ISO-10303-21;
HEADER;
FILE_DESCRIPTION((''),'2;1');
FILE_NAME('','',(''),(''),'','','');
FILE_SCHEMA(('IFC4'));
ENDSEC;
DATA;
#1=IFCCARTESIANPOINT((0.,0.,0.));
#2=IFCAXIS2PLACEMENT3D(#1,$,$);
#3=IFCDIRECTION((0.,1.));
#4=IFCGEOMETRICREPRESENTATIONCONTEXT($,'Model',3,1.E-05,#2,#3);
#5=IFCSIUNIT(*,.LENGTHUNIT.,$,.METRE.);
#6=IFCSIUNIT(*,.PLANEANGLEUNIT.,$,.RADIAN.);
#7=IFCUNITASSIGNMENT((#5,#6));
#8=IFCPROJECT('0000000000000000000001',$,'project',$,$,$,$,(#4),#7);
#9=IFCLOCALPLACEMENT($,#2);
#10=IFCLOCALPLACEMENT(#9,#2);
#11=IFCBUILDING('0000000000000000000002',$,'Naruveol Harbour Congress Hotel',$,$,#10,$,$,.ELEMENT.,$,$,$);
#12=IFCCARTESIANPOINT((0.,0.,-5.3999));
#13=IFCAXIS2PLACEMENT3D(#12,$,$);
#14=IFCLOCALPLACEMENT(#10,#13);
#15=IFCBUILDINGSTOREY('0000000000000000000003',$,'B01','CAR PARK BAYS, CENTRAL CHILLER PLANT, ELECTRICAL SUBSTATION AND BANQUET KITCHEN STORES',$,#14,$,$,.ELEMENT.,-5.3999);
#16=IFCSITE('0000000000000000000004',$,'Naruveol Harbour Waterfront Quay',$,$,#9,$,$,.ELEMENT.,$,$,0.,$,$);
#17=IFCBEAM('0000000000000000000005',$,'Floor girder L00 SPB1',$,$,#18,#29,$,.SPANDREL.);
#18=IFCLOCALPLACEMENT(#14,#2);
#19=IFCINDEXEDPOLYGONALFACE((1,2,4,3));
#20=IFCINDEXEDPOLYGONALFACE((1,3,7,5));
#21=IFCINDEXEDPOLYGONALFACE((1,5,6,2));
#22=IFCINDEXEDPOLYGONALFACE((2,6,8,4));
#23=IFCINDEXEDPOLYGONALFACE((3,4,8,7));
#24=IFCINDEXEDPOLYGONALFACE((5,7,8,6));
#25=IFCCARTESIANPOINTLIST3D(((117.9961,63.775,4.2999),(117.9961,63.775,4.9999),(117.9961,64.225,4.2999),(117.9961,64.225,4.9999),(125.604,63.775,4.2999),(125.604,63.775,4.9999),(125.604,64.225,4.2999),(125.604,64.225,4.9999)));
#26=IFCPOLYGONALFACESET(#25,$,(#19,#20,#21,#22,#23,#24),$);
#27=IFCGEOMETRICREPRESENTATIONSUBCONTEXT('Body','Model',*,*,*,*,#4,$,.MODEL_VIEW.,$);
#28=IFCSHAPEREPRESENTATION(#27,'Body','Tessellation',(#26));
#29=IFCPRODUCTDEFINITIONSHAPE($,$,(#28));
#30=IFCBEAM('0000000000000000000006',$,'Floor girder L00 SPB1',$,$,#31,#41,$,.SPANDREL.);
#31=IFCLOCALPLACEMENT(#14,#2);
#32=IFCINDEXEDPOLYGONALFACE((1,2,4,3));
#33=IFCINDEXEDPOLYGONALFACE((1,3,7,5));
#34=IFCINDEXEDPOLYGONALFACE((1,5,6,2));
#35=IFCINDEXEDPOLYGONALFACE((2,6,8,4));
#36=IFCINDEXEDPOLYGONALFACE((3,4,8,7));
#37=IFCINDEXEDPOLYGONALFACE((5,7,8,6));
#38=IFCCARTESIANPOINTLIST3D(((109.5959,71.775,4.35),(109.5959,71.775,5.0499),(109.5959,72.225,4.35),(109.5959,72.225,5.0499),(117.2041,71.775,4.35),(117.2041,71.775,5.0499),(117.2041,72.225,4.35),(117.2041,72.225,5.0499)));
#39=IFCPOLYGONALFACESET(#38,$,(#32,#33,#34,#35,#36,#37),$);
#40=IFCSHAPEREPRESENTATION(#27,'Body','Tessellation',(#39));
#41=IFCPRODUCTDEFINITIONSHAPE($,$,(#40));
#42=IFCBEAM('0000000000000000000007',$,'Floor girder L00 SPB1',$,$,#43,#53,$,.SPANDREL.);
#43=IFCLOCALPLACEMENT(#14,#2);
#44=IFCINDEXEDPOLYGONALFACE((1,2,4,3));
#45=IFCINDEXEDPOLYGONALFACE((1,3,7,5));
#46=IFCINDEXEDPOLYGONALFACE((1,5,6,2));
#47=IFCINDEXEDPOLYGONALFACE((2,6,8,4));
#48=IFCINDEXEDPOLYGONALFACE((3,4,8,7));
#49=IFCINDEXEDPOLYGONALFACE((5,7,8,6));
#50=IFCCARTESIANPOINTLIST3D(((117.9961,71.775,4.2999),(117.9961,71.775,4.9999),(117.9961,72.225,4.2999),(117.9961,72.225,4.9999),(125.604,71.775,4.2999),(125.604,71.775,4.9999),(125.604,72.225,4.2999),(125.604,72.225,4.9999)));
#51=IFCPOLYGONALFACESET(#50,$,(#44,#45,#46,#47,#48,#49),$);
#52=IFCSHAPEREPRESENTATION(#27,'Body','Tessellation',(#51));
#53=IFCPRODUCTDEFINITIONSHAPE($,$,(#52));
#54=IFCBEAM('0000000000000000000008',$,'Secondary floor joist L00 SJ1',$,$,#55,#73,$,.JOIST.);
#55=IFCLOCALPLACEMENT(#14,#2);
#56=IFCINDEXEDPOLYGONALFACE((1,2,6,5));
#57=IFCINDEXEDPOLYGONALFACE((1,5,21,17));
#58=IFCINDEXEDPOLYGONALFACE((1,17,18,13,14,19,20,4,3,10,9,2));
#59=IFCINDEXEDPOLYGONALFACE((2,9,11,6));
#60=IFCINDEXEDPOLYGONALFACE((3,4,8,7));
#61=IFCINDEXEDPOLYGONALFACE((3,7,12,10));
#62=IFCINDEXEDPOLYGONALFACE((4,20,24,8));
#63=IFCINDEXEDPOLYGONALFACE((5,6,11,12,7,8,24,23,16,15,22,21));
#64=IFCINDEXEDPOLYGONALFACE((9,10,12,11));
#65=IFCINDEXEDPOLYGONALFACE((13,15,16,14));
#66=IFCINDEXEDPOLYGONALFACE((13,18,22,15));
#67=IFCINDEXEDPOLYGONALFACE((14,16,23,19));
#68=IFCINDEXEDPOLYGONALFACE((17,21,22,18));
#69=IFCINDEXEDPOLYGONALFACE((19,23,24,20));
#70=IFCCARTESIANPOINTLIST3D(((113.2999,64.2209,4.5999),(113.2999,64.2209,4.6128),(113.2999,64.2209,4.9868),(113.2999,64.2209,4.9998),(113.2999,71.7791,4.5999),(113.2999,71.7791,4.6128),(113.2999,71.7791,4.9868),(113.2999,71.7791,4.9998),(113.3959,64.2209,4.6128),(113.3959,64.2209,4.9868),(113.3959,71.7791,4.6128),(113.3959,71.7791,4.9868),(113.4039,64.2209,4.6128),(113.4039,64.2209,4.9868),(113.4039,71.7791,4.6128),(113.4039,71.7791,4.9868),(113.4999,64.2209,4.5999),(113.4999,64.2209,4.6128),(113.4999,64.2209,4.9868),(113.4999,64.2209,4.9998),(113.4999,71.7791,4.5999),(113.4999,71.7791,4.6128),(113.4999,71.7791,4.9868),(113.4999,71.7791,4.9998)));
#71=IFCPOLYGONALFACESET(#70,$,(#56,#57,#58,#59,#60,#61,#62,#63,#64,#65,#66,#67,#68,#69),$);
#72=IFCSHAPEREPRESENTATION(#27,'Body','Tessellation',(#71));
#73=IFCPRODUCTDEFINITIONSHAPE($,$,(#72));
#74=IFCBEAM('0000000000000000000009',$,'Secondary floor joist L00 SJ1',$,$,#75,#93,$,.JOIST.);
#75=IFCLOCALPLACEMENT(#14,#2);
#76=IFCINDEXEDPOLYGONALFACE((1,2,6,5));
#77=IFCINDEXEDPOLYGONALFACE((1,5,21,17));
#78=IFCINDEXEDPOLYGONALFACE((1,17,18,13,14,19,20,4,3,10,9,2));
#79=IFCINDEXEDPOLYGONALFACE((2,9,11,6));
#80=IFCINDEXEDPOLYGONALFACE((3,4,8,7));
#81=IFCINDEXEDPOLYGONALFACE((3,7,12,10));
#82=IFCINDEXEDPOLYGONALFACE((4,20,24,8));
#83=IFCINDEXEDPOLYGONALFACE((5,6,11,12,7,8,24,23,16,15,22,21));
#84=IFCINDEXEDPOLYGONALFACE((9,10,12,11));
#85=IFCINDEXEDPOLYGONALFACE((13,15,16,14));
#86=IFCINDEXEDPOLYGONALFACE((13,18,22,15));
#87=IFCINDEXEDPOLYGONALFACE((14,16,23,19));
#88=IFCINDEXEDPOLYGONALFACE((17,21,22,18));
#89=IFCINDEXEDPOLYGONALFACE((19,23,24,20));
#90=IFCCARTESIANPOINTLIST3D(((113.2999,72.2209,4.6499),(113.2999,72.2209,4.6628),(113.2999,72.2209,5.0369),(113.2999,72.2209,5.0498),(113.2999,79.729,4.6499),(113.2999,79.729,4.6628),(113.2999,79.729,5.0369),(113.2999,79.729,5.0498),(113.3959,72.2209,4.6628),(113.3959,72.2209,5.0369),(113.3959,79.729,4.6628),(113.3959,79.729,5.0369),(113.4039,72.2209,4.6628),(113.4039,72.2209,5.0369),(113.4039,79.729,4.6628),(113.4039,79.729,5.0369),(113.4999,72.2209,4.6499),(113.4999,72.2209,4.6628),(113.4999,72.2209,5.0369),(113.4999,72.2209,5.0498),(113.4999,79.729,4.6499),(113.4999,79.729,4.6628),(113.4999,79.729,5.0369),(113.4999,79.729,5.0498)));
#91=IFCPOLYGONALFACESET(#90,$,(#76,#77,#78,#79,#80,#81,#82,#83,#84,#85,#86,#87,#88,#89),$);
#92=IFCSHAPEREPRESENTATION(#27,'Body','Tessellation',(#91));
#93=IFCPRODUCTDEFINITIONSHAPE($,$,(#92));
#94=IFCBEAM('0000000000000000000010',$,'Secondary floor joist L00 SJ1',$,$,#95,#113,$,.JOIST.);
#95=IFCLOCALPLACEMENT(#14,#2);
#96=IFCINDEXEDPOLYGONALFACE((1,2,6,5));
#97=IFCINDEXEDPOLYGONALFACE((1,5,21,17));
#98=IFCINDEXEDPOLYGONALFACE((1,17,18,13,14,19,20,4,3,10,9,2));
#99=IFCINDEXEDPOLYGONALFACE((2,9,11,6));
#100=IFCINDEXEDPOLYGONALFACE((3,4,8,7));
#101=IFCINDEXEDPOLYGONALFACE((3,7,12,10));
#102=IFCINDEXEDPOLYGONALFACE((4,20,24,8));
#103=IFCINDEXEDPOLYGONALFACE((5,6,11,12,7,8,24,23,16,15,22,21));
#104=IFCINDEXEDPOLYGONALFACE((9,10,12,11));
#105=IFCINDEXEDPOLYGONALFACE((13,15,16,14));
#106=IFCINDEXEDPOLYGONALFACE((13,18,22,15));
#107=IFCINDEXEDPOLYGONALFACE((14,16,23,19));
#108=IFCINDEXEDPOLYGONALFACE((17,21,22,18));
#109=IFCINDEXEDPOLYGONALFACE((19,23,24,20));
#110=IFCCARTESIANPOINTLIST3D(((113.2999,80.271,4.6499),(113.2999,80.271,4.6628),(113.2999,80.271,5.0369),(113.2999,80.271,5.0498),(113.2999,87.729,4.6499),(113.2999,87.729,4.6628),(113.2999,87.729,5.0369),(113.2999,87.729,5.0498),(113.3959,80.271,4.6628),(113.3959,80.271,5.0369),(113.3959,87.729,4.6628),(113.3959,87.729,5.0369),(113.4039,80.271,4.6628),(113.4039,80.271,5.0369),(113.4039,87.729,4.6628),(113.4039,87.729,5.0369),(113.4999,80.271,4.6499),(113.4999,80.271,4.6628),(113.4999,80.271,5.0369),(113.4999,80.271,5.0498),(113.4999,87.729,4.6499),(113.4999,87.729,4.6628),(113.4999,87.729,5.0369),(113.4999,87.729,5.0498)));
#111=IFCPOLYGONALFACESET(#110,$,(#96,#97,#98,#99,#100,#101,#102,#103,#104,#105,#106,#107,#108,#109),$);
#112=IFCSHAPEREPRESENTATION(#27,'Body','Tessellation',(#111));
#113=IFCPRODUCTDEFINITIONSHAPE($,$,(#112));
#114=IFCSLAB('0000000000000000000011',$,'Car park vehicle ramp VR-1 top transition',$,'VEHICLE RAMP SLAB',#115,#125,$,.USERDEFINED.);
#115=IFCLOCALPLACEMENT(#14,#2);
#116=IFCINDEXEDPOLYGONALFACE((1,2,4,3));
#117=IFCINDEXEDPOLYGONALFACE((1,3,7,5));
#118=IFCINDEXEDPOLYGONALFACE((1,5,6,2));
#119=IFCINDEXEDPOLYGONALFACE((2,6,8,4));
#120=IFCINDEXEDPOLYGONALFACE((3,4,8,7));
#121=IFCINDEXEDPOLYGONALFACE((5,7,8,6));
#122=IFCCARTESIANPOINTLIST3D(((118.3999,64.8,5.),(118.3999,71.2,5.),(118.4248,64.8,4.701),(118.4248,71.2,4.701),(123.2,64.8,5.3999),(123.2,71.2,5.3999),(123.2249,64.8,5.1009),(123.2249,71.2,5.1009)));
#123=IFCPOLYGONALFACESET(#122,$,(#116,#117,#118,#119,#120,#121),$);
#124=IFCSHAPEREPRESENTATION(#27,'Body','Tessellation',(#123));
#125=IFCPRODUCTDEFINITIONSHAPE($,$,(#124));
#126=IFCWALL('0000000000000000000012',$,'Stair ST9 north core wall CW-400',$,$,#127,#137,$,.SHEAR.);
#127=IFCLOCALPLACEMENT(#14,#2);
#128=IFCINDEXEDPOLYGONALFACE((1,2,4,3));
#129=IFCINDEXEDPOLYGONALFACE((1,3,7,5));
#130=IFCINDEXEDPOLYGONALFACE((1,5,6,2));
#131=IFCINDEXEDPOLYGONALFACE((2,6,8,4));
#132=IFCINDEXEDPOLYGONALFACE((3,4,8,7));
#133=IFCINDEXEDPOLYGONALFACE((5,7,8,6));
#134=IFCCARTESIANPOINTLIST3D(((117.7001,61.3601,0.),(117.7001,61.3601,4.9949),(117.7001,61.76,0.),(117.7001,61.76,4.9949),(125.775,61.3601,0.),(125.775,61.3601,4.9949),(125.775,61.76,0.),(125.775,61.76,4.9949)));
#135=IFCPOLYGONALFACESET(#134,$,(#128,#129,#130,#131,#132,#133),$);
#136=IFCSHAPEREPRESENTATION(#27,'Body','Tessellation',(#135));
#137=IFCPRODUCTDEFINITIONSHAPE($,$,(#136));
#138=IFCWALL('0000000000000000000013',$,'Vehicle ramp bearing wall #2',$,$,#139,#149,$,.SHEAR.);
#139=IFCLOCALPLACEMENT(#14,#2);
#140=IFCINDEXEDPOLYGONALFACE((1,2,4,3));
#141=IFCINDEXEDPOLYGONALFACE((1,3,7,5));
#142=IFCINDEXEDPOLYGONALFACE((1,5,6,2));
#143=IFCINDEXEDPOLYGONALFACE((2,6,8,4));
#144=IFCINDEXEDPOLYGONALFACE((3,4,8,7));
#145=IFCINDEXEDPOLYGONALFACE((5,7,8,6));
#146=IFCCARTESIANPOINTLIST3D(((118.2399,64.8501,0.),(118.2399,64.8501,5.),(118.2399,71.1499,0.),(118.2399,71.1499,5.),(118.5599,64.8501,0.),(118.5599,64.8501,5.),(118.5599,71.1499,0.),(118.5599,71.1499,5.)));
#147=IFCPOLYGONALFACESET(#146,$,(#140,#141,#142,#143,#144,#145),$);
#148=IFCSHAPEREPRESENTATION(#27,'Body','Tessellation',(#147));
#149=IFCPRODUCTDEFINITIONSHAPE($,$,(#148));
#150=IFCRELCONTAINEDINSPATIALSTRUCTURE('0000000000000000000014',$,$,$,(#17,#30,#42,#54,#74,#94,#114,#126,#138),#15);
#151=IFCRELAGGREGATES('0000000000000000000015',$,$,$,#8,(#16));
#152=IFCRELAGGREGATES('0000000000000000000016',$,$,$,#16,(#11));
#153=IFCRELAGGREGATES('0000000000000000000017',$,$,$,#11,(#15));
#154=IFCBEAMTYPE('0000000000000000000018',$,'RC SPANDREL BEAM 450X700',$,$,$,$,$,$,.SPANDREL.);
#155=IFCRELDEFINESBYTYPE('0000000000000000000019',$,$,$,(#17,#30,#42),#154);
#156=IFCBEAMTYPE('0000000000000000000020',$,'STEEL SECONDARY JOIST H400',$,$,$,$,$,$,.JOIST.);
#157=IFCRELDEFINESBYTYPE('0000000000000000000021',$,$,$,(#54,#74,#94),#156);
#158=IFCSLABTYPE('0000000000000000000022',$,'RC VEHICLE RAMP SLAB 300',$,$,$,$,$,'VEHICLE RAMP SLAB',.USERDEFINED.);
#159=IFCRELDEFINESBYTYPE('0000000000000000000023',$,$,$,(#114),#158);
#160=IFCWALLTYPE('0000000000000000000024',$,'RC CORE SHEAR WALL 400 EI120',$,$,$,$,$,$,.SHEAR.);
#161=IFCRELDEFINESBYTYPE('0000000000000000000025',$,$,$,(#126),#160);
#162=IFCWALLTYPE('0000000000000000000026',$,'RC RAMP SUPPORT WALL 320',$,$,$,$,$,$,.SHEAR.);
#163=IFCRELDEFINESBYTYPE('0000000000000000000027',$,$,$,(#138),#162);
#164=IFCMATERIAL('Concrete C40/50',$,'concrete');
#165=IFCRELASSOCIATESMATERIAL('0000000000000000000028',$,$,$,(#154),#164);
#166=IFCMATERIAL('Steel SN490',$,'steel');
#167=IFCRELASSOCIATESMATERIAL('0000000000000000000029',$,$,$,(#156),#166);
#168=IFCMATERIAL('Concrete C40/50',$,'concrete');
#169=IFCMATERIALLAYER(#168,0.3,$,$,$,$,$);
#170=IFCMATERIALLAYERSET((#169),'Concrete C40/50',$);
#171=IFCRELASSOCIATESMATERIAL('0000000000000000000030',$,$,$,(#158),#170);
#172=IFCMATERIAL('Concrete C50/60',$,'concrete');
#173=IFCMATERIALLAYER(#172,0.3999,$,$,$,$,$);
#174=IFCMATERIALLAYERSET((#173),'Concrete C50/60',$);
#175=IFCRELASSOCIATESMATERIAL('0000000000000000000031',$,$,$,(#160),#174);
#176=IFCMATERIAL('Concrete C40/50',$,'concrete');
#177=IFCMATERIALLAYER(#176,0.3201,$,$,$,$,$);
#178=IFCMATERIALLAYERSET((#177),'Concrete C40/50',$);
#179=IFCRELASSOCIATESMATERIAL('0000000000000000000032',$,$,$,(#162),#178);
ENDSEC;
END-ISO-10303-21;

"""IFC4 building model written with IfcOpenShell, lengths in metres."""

from ifc_helpers import new_model, si_unit, direction, frame, frame_2d, origin, origin_2d, place, context, subcontext, project, spatial, polyline, rectangle, i_section, outline, extrude, material, layer, layer_set, material_profile, profile_set, type_object, element, save


model = new_model("IFC4")

# Units and contexts
model_context = context("Model", 3, precision=1e-05, world=origin(), true_north=direction((0.0, 1.0)))
body_context = subcontext(model_context, "Body", "Model", "MODEL_VIEW")
ifc_project = project(units=[si_unit("LENGTHUNIT", "METRE"), si_unit("PLANEANGLEUNIT", "RADIAN")], contexts=[model_context])

# Site, building, storey
site_placement = place(None, origin())
site = spatial("IfcSite", under=ifc_project, at=site_placement, Name="Naruveol Harbour Waterfront Quay", CompositionType="ELEMENT", RefElevation=0.0)
building_placement = place(site_placement, origin())
building = spatial("IfcBuilding", under=site, at=building_placement, Name="Naruveol Harbour Congress Hotel", CompositionType="ELEMENT")
storey_placement = place(building_placement, frame((0.0, 0.0, -5.3999)))
storey = spatial("IfcBuildingStorey", under=building, at=storey_placement, Name="B01", Description="CAR PARK BAYS, CENTRAL CHILLER PLANT, ELECTRICAL SUBSTATION AND BANQUET KITCHEN STORES", CompositionType="ELEMENT", Elevation=-5.3999)

# Beams
ifc_material_1 = material(Name="Concrete C40/50", Category="concrete")
ifc_material_profile_1 = material_profile(ifc_material_1, rectangle(XDim=0.45, YDim=0.7, at=origin_2d()), Name="RCB-450x700")
ifc_profile_set_1 = profile_set([ifc_material_profile_1], Name="Concrete C40/50")
beam_type_1 = type_object("IfcBeamType", Name="RC SPANDREL BEAM 450X700", PredefinedType="SPANDREL", material=ifc_profile_set_1)
beam_1_placement = place(storey_placement, frame((117.9961, 64.0, 4.6499), z_axis=(1.0, 0.0, 0.0), x_axis=(0.0, 1.0, 0.0)))
element("IfcBeam", 1, at=beam_1_placement, inside=storey, type_object=beam_type_1, Name="Floor girder L00 SPB1", PredefinedType="SPANDREL", context=body_context, shape_type="SweptSolid", body=[
    extrude(rectangle(XDim=0.45, YDim=0.7, at=origin_2d()), origin(), (0.0, 0.0, 1.0), 7.6079),
])
beam_2_placement = place(storey_placement, frame((109.5959, 72.0, 4.7), z_axis=(1.0, 0.0, 0.0), x_axis=(0.0, 1.0, 0.0)))
element("IfcBeam", 2, at=beam_2_placement, inside=storey, type_object=beam_type_1, Name="Floor girder L00 SPB1", PredefinedType="SPANDREL", context=body_context, shape_type="SweptSolid", body=[
    extrude(rectangle(XDim=0.45, YDim=0.7, at=origin_2d()), origin(), (0.0, 0.0, 1.0), 7.6082),
])
beam_3_placement = place(storey_placement, frame((117.9961, 72.0, 4.6499), z_axis=(1.0, 0.0, 0.0), x_axis=(0.0, 1.0, 0.0)))
element("IfcBeam", 3, at=beam_3_placement, inside=storey, type_object=beam_type_1, Name="Floor girder L00 SPB1", PredefinedType="SPANDREL", context=body_context, shape_type="SweptSolid", body=[
    extrude(rectangle(XDim=0.45, YDim=0.7, at=origin_2d()), origin(), (0.0, 0.0, 1.0), 7.6079),
])
ifc_material_2 = material(Name="Steel SN490", Category="steel")
ifc_material_profile_2 = material_profile(ifc_material_2, i_section(OverallWidth=0.2, OverallDepth=0.3999, WebThickness=0.0081, FlangeThickness=0.0129, at=origin_2d()), Name="H-400x200x8x13")
ifc_profile_set_2 = profile_set([ifc_material_profile_2], Name="Steel SN490")
beam_type_2 = type_object("IfcBeamType", Name="STEEL SECONDARY JOIST H400", PredefinedType="JOIST", material=ifc_profile_set_2)
beam_4_placement = place(storey_placement, frame((113.3999, 64.2209, 4.7998), z_axis=(0.0, 1.0, 0.0), x_axis=(-1.0, 0.0, 0.0)))
element("IfcBeam", 4, at=beam_4_placement, inside=storey, type_object=beam_type_2, Name="Secondary floor joist L00 SJ1", PredefinedType="JOIST", context=body_context, shape_type="SweptSolid", body=[
    extrude(i_section(OverallWidth=0.2, OverallDepth=0.3999, WebThickness=0.0081, FlangeThickness=0.0129, at=origin_2d()), origin(), (0.0, 0.0, 1.0), 7.5581),
])
beam_5_placement = place(storey_placement, frame((113.3999, 72.2209, 4.8499), z_axis=(0.0, 1.0, 0.0), x_axis=(-1.0, 0.0, 0.0)))
element("IfcBeam", 5, at=beam_5_placement, inside=storey, type_object=beam_type_2, Name="Secondary floor joist L00 SJ1", PredefinedType="JOIST", context=body_context, shape_type="SweptSolid", body=[
    extrude(i_section(OverallWidth=0.2, OverallDepth=0.3999, WebThickness=0.0081, FlangeThickness=0.0129, at=origin_2d()), origin(), (0.0, 0.0, 1.0), 7.5081),
])
beam_6_placement = place(storey_placement, frame((113.3999, 80.271, 4.8499), z_axis=(0.0, 1.0, 0.0), x_axis=(-1.0, 0.0, 0.0)))
element("IfcBeam", 6, at=beam_6_placement, inside=storey, type_object=beam_type_2, Name="Secondary floor joist L00 SJ1", PredefinedType="JOIST", context=body_context, shape_type="SweptSolid", body=[
    extrude(i_section(OverallWidth=0.2, OverallDepth=0.3999, WebThickness=0.0081, FlangeThickness=0.0129, at=origin_2d()), origin(), (0.0, 0.0, 1.0), 7.458),
])

# Slab
ifc_material_3 = material(Name="Concrete C40/50", Category="concrete")
ifc_layer_1 = layer(ifc_material_3, 0.3)
ifc_layer_set_1 = layer_set([ifc_layer_1], Name="Concrete C40/50")
slab_type = type_object("IfcSlabType", Name="RC VEHICLE RAMP SLAB 300", ElementType="VEHICLE RAMP SLAB", PredefinedType="USERDEFINED", material=ifc_layer_set_1)
slab_placement = place(storey_placement, frame((118.3999, 64.8, 5.0), z_axis=(-0.083025, 0.0, 0.996548), x_axis=(0.996548, 0.0, 0.083025)))
element("IfcSlab", 7, at=slab_placement, inside=storey, type_object=slab_type, Name="Car park vehicle ramp VR-1 top transition", ObjectType="VEHICLE RAMP SLAB", PredefinedType="USERDEFINED", context=body_context, shape_type="SweptSolid", body=[
    extrude(outline(polyline([(0.0, 0.0), (4.8167, 0.0), (4.8167, 6.3999), (0.0, 6.3999), (0.0, 0.0)])), origin(), (0.0, 0.0, -1.0), 0.3),
])

# Walls
ifc_material_4 = material(Name="Concrete C50/60", Category="concrete")
ifc_layer_2 = layer(ifc_material_4, 0.3999)
ifc_layer_set_2 = layer_set([ifc_layer_2], Name="Concrete C50/60")
wall_type_1 = type_object("IfcWallType", Name="RC CORE SHEAR WALL 400 EI120", PredefinedType="SHEAR", material=ifc_layer_set_2)
wall_1_placement = place(storey_placement, frame((117.7, 61.5601, 0.0), z_axis=(0.0, 0.0, 1.0), x_axis=(1.0, 0.0, 0.0)))
element("IfcWall", 8, at=wall_1_placement, inside=storey, type_object=wall_type_1, Name="Stair ST9 north core wall CW-400", PredefinedType="SHEAR", context=body_context, shape_type="SweptSolid", body=[
    extrude(rectangle(XDim=8.075, YDim=0.3999, at=frame_2d((4.0376, 0.0))), origin(), (0.0, 0.0, 1.0), 4.9949),
])
ifc_material_5 = material(Name="Concrete C40/50", Category="concrete")
ifc_layer_3 = layer(ifc_material_5, 0.3201)
ifc_layer_set_3 = layer_set([ifc_layer_3], Name="Concrete C40/50")
wall_type_2 = type_object("IfcWallType", Name="RC RAMP SUPPORT WALL 320", PredefinedType="SHEAR", material=ifc_layer_set_3)
wall_2_placement = place(storey_placement, frame((118.3999, 64.8501, 0.0), z_axis=(0.0, 0.0, 1.0), x_axis=(0.0, 1.0, 0.0)))
element("IfcWall", 9, at=wall_2_placement, inside=storey, type_object=wall_type_2, Name="Vehicle ramp bearing wall #2", PredefinedType="SHEAR", context=body_context, shape_type="SweptSolid", body=[
    extrude(rectangle(XDim=6.2998, YDim=0.3201, at=frame_2d((3.1499, 0.0))), origin(), (0.0, 0.0, 1.0), 5.0),
])

save(model, "model.ifc")
